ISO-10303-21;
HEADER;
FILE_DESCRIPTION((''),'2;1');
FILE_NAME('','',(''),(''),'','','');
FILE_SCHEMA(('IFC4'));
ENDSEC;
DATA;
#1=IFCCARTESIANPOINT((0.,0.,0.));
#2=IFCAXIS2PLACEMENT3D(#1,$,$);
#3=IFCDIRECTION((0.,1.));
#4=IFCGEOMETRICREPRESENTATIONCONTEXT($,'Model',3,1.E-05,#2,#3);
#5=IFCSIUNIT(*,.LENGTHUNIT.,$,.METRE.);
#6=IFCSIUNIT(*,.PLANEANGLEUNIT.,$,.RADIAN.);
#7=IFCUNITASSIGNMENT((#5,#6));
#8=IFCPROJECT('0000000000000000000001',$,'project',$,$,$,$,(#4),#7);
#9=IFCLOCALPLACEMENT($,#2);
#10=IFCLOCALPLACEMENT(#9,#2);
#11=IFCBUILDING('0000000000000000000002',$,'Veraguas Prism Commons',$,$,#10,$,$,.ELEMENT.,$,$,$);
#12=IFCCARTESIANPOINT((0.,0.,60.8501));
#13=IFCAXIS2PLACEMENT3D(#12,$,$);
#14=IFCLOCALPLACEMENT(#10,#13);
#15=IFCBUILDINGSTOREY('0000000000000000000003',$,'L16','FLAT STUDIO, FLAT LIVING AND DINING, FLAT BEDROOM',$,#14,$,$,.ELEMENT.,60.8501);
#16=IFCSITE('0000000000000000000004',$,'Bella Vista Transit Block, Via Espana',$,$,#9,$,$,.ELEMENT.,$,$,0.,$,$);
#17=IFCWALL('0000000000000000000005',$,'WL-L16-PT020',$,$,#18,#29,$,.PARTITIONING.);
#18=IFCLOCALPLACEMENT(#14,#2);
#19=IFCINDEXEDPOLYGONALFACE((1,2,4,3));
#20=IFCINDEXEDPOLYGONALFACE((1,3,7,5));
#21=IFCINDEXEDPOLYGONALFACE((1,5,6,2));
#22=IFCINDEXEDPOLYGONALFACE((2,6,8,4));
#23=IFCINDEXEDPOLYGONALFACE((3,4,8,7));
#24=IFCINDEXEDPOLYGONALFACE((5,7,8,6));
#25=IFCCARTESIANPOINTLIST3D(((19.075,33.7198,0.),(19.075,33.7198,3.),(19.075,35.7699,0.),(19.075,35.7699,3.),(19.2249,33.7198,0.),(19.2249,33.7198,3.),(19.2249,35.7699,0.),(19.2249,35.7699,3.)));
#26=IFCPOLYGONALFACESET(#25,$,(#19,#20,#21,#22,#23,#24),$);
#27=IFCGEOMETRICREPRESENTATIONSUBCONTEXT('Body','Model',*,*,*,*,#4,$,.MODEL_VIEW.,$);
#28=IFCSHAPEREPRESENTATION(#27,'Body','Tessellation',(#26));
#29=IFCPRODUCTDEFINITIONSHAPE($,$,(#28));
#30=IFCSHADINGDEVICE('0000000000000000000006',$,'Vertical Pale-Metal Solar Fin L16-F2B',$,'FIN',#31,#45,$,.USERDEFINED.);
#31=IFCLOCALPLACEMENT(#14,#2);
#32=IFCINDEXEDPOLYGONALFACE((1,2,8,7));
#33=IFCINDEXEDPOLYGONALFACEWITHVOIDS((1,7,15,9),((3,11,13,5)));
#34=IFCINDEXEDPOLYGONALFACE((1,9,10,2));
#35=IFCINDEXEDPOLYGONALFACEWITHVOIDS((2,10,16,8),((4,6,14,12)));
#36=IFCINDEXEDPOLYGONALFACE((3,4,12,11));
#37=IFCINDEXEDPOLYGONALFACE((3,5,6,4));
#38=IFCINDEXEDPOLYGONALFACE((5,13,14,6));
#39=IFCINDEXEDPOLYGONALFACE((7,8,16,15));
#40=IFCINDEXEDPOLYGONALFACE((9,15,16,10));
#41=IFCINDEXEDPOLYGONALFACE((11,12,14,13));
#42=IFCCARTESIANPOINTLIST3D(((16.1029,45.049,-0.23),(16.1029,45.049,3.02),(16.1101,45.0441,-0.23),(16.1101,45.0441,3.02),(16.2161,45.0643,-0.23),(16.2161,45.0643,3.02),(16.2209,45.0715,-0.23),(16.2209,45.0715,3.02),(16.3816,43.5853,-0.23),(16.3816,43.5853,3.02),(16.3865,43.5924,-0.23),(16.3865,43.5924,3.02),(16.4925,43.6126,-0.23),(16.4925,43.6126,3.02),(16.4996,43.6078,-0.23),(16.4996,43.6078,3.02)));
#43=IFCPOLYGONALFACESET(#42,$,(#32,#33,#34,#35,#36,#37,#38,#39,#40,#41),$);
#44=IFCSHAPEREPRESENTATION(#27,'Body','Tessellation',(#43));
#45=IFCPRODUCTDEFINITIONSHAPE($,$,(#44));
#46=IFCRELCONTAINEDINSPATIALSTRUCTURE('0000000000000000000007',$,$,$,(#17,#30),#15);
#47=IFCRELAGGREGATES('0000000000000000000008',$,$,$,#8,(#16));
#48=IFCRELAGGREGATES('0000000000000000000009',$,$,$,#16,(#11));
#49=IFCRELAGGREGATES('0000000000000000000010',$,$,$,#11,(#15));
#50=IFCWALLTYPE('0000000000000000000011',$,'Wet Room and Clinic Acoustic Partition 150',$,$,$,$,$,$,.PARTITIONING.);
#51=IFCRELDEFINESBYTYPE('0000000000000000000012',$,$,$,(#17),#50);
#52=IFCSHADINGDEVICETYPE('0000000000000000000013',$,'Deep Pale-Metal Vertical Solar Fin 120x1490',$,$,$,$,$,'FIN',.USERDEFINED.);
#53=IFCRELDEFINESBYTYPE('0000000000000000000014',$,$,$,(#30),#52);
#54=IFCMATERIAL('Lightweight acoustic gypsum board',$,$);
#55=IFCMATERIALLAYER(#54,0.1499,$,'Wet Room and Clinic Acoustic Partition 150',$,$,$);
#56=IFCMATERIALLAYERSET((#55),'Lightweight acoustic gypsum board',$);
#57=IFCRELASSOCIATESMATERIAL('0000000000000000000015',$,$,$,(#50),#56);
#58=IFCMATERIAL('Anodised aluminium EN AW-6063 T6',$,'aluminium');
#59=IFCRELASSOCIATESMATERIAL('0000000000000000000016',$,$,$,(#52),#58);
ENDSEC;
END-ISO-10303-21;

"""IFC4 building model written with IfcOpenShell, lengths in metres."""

from ifc_helpers import new_model, si_unit, direction, frame, frame_2d, origin, origin_2d, place, context, subcontext, project, spatial, rectangle, hollow_rectangle, extrude, material, layer, layer_set, material_profile, profile_set, type_object, element, save


model = new_model("IFC4")

# Units and contexts
model_context = context("Model", 3, precision=1e-05, world=origin(), true_north=direction((0.0, 1.0)))
body_context = subcontext(model_context, "Body", "Model", "MODEL_VIEW")
ifc_project = project(units=[si_unit("LENGTHUNIT", "METRE"), si_unit("PLANEANGLEUNIT", "RADIAN")], contexts=[model_context])

# Site, building, storey
site_placement = place(None, origin())
site = spatial("IfcSite", under=ifc_project, at=site_placement, Name="Bella Vista Transit Block, Via Espana", CompositionType="ELEMENT", RefElevation=0.0)
building_placement = place(site_placement, origin())
building = spatial("IfcBuilding", under=site, at=building_placement, Name="Veraguas Prism Commons", CompositionType="ELEMENT")
storey_placement = place(building_placement, frame((0.0, 0.0, 60.8501)))
storey = spatial("IfcBuildingStorey", under=building, at=storey_placement, Name="L16", Description="FLAT STUDIO, FLAT LIVING AND DINING, FLAT BEDROOM", CompositionType="ELEMENT", Elevation=60.8501)

# Shared definitions
ifc_material_1 = material(Name="Anodised aluminium EN AW-6063 T6", Category="aluminium")

# Shared definitions
ifc_material_2 = material(Name="Lightweight acoustic gypsum board")

# Wall
ifc_layer_1 = layer(ifc_material_2, 0.1499, Name="Wet Room and Clinic Acoustic Partition 150")
ifc_layer_set_1 = layer_set([ifc_layer_1], Name="Lightweight acoustic gypsum board")
wall_type_1 = type_object("IfcWallType", Name="Wet Room and Clinic Acoustic Partition 150", PredefinedType="PARTITIONING", material=ifc_layer_set_1)
wall_1_placement = place(storey_placement, frame((19.1499, 33.72, 0.0), z_axis=(0.0, 0.0, 1.0), x_axis=(0.0, 1.0, 0.0)))
element("IfcWall", 1, at=wall_1_placement, inside=storey, type_object=wall_type_1, Name="WL-L16-PT020", PredefinedType="PARTITIONING", context=body_context, shape_type="SweptSolid", body=[
    extrude(rectangle(XDim=2.05, YDim=0.1499, at=frame_2d((1.0249, 0.0))), origin(), (0.0, 0.0, 1.0), 3.0),
])

# Shading device
ifc_material_profile_1 = material_profile(ifc_material_1, hollow_rectangle(XDim=0.1201, YDim=1.49, WallThickness=0.0061, at=origin_2d()), Name="FIN120X1490X6")
ifc_profile_set_1 = profile_set([ifc_material_profile_1], Name="Anodised aluminium EN AW-6063 T6")
shading_device_type = type_object("IfcShadingDeviceType", Name="Deep Pale-Metal Vertical Solar Fin 120x1490", ElementType="FIN", PredefinedType="USERDEFINED", material=ifc_profile_set_1)
shading_device_placement = place(storey_placement, frame((16.3013, 44.3284, -0.23), z_axis=(0.0, 0.0, 1.0), x_axis=(-0.982353, -0.187037, 0.0)))
element("IfcShadingDevice", 2, at=shading_device_placement, inside=storey, type_object=shading_device_type, Name="Vertical Pale-Metal Solar Fin L16-F2B", ObjectType="FIN", PredefinedType="USERDEFINED", context=body_context, shape_type="SweptSolid", body=[
    extrude(hollow_rectangle(XDim=0.1201, YDim=1.49, WallThickness=0.0061, at=origin_2d()), origin(), (0.0, 0.0, 1.0), 3.25),
])

save(model, "model.ifc")
